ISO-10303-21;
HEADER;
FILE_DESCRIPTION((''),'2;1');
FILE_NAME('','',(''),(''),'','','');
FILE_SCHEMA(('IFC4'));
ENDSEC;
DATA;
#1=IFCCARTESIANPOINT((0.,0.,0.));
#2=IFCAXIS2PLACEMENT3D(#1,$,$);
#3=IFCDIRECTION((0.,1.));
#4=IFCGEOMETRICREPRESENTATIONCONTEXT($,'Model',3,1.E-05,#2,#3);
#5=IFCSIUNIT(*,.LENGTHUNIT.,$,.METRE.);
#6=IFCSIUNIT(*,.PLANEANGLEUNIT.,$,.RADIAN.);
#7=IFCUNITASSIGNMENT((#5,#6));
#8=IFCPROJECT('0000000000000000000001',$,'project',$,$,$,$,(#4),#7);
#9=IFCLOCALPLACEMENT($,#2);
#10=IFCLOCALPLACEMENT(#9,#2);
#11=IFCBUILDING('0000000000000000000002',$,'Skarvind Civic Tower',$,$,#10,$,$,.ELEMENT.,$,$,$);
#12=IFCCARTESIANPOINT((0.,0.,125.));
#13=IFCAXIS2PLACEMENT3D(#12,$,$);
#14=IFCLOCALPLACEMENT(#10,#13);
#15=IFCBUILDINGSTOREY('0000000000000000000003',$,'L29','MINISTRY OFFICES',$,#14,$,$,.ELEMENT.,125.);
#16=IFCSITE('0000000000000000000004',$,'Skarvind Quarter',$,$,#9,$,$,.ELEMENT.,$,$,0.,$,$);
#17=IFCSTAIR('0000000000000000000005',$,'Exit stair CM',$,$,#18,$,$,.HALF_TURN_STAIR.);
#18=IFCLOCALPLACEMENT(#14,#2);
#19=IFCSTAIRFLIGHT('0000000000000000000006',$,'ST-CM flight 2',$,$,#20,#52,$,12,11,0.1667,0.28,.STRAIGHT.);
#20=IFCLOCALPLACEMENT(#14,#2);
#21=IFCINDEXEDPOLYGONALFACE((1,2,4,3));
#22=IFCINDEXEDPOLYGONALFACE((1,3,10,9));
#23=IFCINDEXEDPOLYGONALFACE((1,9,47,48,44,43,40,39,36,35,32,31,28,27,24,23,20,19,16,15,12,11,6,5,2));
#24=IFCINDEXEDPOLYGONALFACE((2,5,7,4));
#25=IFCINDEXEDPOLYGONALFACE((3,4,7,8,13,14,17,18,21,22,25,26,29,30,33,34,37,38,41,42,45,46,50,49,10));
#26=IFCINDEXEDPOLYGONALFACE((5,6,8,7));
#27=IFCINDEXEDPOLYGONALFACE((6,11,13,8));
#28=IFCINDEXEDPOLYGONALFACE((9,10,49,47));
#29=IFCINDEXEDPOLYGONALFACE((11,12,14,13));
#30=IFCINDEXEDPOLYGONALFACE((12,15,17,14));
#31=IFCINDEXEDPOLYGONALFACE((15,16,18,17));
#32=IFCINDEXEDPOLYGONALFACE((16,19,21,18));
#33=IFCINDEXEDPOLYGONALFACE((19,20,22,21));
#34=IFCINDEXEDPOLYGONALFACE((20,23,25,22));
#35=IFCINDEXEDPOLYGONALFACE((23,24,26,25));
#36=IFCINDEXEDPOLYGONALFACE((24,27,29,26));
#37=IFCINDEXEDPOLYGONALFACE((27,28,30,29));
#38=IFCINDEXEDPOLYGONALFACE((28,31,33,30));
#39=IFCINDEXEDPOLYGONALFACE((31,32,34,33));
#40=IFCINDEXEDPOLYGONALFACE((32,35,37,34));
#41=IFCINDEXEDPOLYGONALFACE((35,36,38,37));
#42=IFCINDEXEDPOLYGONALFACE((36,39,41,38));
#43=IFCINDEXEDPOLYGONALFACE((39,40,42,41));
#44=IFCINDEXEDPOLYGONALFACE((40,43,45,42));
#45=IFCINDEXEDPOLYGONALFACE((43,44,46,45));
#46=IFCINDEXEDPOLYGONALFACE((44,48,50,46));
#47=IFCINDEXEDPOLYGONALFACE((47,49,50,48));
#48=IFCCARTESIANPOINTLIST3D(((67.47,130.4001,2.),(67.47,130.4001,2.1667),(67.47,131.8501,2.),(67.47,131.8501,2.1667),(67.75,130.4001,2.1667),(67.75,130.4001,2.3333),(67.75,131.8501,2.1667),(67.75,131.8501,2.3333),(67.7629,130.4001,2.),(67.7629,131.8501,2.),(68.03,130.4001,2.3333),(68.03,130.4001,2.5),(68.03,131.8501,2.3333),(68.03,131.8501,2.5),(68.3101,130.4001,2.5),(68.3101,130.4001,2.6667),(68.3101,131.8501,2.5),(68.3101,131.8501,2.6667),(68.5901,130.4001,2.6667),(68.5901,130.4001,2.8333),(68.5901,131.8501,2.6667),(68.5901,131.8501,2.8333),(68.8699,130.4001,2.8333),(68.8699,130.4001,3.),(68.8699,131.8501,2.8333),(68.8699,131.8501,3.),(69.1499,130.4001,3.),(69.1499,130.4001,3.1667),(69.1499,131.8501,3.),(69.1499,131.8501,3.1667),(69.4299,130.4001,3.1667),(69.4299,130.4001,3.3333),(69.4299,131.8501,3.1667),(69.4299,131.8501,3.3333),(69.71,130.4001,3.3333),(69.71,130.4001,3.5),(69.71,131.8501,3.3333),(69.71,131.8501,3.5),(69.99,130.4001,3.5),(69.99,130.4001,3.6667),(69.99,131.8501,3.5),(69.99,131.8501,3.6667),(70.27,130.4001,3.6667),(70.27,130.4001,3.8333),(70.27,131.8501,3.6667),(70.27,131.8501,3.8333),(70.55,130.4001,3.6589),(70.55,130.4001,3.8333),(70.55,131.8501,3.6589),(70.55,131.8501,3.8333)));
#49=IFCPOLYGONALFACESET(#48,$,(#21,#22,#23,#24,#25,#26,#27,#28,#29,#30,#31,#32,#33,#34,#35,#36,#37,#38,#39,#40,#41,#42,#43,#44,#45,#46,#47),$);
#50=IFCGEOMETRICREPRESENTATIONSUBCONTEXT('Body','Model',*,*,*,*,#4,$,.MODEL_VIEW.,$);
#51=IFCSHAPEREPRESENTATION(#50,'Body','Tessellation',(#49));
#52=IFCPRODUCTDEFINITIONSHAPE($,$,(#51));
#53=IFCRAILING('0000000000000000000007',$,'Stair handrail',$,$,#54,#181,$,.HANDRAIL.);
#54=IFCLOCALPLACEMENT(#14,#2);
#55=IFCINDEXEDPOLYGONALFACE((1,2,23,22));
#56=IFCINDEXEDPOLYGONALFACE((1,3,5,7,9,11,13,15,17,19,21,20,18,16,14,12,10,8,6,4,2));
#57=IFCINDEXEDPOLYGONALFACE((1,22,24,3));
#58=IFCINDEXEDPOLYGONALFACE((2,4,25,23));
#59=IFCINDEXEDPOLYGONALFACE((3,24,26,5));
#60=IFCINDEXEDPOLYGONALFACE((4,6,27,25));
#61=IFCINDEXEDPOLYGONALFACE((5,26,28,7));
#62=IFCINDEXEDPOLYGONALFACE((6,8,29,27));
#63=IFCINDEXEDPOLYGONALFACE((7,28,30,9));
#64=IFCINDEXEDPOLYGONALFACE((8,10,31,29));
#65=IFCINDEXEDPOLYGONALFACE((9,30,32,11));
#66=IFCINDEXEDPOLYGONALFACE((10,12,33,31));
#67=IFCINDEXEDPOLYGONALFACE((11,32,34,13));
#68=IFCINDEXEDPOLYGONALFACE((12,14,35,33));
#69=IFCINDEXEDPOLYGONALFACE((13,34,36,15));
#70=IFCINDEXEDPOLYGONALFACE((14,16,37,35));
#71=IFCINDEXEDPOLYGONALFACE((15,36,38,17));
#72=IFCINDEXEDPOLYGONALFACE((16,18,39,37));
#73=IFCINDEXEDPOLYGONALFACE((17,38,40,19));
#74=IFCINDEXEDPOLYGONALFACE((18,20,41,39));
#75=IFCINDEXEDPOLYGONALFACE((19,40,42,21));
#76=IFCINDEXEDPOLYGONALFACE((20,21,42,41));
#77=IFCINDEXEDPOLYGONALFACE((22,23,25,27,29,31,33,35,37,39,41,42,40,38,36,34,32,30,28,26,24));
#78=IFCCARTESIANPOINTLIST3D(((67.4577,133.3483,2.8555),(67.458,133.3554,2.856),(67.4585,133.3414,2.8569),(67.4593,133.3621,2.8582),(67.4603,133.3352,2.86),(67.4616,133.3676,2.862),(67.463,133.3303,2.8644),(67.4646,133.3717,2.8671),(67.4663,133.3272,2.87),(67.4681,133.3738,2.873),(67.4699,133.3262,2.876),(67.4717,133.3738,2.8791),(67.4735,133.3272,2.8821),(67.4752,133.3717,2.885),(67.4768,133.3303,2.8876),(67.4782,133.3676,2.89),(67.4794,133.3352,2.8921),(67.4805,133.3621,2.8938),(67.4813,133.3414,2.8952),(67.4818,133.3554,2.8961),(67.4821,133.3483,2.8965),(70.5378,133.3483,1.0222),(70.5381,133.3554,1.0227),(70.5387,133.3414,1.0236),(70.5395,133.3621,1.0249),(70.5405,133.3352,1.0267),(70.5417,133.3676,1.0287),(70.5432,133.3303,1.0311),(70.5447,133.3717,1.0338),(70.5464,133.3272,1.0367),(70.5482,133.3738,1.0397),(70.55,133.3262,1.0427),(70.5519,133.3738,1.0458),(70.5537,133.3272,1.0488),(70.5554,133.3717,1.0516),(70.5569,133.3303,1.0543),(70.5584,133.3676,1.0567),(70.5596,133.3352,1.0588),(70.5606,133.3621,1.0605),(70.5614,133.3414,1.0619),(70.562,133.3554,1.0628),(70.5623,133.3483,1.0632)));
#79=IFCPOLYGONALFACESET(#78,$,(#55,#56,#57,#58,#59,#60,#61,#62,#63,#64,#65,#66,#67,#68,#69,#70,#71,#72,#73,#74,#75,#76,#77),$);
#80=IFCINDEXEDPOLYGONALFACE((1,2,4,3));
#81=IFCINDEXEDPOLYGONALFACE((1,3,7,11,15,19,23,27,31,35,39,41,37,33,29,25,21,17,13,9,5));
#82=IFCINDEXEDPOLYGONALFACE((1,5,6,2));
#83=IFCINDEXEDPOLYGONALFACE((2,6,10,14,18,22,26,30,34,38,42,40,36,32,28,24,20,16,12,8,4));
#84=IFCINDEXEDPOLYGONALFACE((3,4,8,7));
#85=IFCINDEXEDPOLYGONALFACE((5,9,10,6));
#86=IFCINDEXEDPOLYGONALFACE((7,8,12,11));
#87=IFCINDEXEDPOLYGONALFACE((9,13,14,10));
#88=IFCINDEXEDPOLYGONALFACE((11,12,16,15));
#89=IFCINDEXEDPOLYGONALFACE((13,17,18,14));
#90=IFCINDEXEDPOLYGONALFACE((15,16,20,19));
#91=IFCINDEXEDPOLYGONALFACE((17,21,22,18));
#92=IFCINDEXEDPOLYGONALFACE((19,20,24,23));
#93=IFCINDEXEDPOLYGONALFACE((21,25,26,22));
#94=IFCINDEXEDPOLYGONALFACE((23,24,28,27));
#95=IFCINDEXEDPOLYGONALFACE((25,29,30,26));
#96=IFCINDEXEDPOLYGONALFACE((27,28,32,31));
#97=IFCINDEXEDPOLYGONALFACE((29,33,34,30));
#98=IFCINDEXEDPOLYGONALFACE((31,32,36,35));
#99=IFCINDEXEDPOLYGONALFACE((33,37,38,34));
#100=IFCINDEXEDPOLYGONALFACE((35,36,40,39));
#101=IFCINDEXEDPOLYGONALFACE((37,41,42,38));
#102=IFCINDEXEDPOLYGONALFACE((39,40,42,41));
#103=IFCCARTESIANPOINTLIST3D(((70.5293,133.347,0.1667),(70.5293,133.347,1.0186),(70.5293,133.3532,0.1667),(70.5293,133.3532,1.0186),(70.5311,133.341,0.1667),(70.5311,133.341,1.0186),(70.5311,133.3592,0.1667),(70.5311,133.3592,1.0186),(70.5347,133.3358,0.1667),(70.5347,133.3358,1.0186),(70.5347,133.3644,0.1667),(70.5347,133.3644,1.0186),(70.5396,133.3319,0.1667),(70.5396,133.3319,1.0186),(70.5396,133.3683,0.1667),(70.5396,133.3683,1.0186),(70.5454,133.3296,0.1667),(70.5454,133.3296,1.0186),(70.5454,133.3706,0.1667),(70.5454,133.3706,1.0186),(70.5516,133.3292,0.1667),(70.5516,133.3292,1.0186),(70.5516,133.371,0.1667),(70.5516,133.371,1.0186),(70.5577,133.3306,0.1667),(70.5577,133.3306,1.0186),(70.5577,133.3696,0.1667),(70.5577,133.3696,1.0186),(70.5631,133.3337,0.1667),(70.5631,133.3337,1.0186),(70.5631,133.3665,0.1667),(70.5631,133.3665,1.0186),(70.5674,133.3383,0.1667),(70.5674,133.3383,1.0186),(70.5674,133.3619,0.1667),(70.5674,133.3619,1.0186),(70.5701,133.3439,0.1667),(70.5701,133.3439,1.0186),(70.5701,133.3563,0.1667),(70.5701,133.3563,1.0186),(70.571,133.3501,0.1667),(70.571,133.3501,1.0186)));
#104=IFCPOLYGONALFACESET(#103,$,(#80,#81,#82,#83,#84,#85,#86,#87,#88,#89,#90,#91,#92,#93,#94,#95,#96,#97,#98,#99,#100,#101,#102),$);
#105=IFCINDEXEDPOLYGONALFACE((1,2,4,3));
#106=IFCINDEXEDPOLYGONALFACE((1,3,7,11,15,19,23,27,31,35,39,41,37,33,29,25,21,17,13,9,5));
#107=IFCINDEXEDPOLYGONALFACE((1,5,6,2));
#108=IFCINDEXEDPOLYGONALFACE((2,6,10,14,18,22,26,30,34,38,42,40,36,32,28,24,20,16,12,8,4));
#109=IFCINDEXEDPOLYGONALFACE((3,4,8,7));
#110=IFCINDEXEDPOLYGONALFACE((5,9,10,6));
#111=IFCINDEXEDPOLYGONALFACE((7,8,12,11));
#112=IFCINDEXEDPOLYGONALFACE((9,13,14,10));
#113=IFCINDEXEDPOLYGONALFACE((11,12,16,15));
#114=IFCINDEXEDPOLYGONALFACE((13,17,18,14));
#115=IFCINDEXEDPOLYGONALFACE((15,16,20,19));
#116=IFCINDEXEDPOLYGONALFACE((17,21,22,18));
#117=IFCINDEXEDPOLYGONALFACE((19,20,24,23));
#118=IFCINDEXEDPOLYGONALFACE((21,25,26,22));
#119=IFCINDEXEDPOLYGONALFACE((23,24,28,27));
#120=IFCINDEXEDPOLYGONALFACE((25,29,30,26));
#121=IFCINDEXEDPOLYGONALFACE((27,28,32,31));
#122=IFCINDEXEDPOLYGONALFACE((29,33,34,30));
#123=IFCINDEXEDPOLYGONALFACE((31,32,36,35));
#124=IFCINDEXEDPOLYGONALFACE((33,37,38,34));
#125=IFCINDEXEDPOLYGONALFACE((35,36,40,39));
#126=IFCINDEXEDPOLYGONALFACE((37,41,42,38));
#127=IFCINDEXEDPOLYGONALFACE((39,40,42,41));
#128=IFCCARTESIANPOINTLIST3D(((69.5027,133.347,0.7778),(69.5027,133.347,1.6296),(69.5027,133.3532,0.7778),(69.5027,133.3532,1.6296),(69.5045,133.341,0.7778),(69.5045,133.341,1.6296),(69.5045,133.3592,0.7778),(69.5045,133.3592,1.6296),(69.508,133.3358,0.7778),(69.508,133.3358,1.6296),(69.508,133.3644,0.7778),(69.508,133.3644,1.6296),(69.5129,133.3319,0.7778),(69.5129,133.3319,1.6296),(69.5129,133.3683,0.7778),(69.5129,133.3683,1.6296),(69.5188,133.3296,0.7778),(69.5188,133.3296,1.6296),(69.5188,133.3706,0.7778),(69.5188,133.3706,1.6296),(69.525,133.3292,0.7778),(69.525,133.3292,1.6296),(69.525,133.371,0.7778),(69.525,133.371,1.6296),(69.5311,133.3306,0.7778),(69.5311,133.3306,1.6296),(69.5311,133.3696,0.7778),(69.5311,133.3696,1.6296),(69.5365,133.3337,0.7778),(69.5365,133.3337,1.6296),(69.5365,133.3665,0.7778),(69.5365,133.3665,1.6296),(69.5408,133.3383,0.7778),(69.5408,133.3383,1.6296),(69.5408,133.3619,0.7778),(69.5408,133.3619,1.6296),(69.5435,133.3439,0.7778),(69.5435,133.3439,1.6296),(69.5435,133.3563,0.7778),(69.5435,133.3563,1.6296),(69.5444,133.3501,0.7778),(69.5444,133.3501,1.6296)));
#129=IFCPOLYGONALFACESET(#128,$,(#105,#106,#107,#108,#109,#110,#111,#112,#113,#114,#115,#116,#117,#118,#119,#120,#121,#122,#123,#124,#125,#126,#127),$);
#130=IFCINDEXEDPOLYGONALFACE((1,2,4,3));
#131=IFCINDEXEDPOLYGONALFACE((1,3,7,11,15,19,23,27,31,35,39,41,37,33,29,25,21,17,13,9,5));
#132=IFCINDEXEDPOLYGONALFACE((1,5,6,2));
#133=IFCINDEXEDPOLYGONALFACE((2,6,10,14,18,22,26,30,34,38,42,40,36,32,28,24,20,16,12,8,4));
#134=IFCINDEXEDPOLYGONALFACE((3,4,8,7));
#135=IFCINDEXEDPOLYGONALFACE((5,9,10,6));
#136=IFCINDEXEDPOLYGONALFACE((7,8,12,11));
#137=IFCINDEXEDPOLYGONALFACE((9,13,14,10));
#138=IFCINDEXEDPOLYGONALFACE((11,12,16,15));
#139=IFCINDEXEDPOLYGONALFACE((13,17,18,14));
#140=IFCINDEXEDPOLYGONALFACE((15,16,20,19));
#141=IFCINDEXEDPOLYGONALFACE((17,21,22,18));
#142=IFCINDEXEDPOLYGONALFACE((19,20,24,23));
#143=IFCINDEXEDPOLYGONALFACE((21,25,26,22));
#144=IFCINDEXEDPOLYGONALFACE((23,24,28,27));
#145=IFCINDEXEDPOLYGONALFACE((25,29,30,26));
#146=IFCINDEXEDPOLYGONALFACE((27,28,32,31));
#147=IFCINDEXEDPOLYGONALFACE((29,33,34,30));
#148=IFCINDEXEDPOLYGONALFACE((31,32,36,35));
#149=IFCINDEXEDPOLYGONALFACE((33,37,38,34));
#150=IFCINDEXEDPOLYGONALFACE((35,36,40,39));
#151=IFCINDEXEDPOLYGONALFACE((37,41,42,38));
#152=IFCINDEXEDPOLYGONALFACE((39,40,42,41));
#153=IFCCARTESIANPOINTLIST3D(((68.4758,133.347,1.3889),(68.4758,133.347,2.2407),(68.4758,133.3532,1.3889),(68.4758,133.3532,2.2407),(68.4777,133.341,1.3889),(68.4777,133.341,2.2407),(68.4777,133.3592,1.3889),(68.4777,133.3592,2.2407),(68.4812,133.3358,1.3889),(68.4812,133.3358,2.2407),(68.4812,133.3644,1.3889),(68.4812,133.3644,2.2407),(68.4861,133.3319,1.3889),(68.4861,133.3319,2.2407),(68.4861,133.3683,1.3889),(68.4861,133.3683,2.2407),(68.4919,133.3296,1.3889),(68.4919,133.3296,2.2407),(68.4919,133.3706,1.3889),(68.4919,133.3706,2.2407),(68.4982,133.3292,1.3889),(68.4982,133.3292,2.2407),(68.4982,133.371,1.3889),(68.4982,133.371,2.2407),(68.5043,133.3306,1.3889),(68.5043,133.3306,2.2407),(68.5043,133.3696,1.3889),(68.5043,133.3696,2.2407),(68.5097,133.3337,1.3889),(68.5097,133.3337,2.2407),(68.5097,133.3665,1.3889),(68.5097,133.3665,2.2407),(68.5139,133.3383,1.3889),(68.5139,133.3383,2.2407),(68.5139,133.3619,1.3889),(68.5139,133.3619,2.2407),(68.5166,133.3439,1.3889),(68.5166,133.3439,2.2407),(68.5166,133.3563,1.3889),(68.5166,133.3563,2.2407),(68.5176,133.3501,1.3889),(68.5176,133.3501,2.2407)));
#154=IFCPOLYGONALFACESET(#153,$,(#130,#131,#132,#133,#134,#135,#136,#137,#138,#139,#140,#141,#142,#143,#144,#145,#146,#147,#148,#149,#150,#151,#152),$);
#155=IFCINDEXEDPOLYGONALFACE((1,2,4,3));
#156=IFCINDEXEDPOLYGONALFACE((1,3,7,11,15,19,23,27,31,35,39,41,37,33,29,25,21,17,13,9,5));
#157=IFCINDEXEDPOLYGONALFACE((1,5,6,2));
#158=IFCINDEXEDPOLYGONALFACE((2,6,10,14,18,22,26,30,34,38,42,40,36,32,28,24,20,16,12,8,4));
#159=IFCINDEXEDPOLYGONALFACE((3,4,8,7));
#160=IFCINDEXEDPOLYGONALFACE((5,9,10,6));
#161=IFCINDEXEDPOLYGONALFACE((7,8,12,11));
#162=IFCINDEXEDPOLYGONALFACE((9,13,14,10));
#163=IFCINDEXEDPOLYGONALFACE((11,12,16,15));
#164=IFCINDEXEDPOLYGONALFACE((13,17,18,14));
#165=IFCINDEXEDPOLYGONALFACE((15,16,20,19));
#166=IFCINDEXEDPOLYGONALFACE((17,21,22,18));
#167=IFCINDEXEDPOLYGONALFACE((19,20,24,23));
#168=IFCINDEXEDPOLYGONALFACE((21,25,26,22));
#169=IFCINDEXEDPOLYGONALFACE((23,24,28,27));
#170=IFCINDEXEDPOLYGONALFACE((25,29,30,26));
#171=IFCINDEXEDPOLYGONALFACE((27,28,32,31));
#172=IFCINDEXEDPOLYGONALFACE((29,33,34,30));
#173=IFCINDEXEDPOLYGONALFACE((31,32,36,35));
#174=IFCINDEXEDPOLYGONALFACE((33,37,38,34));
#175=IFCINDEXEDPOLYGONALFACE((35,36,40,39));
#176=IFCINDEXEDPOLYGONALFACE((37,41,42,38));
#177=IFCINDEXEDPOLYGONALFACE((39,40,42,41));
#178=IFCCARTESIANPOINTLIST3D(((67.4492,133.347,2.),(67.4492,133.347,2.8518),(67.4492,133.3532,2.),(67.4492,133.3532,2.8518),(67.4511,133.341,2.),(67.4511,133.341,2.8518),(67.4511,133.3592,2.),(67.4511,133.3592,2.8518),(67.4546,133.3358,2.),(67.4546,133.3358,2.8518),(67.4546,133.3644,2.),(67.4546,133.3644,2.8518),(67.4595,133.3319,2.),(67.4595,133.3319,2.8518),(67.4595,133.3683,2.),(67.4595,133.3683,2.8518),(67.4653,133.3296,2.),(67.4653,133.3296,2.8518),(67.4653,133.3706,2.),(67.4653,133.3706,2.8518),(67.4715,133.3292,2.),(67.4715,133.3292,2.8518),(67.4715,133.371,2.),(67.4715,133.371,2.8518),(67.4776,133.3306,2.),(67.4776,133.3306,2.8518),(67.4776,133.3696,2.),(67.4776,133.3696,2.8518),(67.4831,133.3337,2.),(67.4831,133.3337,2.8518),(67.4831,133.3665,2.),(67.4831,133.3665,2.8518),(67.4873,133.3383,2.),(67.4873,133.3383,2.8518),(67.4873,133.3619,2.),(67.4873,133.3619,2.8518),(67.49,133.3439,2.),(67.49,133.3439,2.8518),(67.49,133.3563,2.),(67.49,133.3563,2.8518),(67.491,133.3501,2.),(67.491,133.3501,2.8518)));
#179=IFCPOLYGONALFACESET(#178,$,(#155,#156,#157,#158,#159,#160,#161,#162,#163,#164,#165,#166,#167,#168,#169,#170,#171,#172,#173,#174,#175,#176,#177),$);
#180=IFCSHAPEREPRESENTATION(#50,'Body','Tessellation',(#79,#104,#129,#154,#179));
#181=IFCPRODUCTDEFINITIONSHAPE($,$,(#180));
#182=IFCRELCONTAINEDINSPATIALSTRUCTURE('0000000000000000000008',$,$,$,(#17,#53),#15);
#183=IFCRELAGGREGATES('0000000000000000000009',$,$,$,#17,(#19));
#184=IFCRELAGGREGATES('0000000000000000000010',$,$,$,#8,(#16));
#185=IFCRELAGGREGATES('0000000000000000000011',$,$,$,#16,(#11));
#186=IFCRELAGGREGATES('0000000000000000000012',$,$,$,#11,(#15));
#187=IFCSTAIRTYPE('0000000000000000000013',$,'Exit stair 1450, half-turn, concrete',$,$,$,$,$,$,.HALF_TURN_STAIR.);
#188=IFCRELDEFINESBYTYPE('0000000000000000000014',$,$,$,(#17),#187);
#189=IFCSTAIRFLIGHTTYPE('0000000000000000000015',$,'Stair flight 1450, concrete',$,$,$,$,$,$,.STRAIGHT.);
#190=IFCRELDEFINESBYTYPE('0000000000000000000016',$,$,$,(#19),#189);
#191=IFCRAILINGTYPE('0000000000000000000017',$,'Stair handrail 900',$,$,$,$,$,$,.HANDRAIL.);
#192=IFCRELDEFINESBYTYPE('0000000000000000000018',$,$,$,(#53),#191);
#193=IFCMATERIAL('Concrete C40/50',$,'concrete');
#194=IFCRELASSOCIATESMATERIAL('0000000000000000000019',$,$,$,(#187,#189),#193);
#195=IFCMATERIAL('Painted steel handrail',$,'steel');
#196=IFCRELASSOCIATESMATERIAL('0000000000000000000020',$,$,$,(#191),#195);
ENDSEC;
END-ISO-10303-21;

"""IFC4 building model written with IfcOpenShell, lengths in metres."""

from ifc_helpers import new_model, si_unit, direction, frame, origin, origin_2d, place, context, subcontext, project, spatial, polyline, circle, outline, extrude, material, type_object, element, aggregate, save


model = new_model("IFC4")

# Units and contexts
model_context = context("Model", 3, precision=1e-05, world=origin(), true_north=direction((0.0, 1.0)))
body_context = subcontext(model_context, "Body", "Model", "MODEL_VIEW")
ifc_project = project(units=[si_unit("LENGTHUNIT", "METRE"), si_unit("PLANEANGLEUNIT", "RADIAN")], contexts=[model_context])

# Site, building, storey
site_placement = place(None, origin())
site = spatial("IfcSite", under=ifc_project, at=site_placement, Name="Skarvind Quarter", CompositionType="ELEMENT", RefElevation=0.0)
building_placement = place(site_placement, origin())
building = spatial("IfcBuilding", under=site, at=building_placement, Name="Skarvind Civic Tower", CompositionType="ELEMENT")
storey_placement = place(building_placement, frame((0.0, 0.0, 125.0)))
storey = spatial("IfcBuildingStorey", under=building, at=storey_placement, Name="L29", Description="MINISTRY OFFICES", CompositionType="ELEMENT", Elevation=125.0)

# Stair, stair flight
ifc_material_1 = material(Name="Concrete C40/50", Category="concrete")
stair_type = type_object("IfcStairType", Name="Exit stair 1450, half-turn, concrete", PredefinedType="HALF_TURN_STAIR", material=ifc_material_1)
stair_placement = place(storey_placement, origin())
stair = element("IfcStair", 1, at=stair_placement, inside=storey, type_object=stair_type, Name="Exit stair CM", PredefinedType="HALF_TURN_STAIR")
stair_flight_type = type_object("IfcStairFlightType", Name="Stair flight 1450, concrete", PredefinedType="STRAIGHT", material=ifc_material_1)
stair_flight_1_placement = place(storey_placement, frame((67.47, 131.125, 2.0), z_axis=(0.0, 0.0, 1.0), x_axis=(1.0, 0.0, 0.0)))
stair_flight_1 = element("IfcStairFlight", 2, at=stair_flight_1_placement, type_object=stair_flight_type, Name="ST-CM flight 2", NumberOfRisers=12, NumberOfTreads=11, PredefinedType="STRAIGHT", RiserHeight=0.1667, TreadLength=0.28, context=body_context, shape_type="SweptSolid", body=[
    extrude(outline(polyline([(0.0, 0.0), (0.0, 0.1667), (0.28, 0.1667), (0.28, 0.3333), (0.5601, 0.3333), (0.5601, 0.5), (0.8401, 0.5), (0.8401, 0.6667), (1.1201, 0.6667), (1.1201, 0.8333), (1.3999, 0.8333), (1.3999, 1.0), (1.6799, 1.0), (1.6799, 1.1667), (1.96, 1.1667), (1.96, 1.3333), (2.24, 1.3333), (2.24, 1.5), (2.52, 1.5), (2.52, 1.6667), (2.8, 1.6667), (2.8, 1.8333), (3.0801, 1.8333), (3.0801, 2.0), (3.0801, 1.6589), (0.293, 0.0), (0.0, 0.0)])), frame((0.0, 0.7251, 0.0), z_axis=(0.0, -1.0, 0.0), x_axis=(1.0, 0.0, 0.0)), (0.0, 0.0, 1.0), 1.45),
])
aggregate(stair, [stair_flight_1])

# Railing
ifc_material_2 = material(Name="Painted steel handrail", Category="steel")
railing_type = type_object("IfcRailingType", Name="Stair handrail 900", PredefinedType="HANDRAIL", material=ifc_material_2)
railing_1_placement = place(storey_placement, frame((70.55, 133.3501, 0.1667)))
element("IfcRailing", 3, at=railing_1_placement, inside=storey, type_object=railing_type, Name="Stair handrail", PredefinedType="HANDRAIL", context=body_context, shape_type="SweptSolid", body=[
    extrude(circle(Radius=0.0239, at=origin_2d()), frame((0.0, 0.0, 0.876), z_axis=(-0.859309, 0.0, 0.511458), x_axis=(0.0, -1.0, 0.0)), (0.0, 0.0, 1.0), 3.5845),
    extrude(circle(Radius=0.021, at=origin_2d()), origin(), (0.0, 0.0, 1.0), 0.8518),
    extrude(circle(Radius=0.021, at=origin_2d()), frame((-1.0266, 0.0, 0.6111)), (0.0, 0.0, 1.0), 0.8518),
    extrude(circle(Radius=0.021, at=origin_2d()), frame((-2.0535, 0.0, 1.2222)), (0.0, 0.0, 1.0), 0.8518),
    extrude(circle(Radius=0.021, at=origin_2d()), frame((-3.0801, 0.0, 1.8333)), (0.0, 0.0, 1.0), 0.8518),
])

save(model, "model.ifc")
